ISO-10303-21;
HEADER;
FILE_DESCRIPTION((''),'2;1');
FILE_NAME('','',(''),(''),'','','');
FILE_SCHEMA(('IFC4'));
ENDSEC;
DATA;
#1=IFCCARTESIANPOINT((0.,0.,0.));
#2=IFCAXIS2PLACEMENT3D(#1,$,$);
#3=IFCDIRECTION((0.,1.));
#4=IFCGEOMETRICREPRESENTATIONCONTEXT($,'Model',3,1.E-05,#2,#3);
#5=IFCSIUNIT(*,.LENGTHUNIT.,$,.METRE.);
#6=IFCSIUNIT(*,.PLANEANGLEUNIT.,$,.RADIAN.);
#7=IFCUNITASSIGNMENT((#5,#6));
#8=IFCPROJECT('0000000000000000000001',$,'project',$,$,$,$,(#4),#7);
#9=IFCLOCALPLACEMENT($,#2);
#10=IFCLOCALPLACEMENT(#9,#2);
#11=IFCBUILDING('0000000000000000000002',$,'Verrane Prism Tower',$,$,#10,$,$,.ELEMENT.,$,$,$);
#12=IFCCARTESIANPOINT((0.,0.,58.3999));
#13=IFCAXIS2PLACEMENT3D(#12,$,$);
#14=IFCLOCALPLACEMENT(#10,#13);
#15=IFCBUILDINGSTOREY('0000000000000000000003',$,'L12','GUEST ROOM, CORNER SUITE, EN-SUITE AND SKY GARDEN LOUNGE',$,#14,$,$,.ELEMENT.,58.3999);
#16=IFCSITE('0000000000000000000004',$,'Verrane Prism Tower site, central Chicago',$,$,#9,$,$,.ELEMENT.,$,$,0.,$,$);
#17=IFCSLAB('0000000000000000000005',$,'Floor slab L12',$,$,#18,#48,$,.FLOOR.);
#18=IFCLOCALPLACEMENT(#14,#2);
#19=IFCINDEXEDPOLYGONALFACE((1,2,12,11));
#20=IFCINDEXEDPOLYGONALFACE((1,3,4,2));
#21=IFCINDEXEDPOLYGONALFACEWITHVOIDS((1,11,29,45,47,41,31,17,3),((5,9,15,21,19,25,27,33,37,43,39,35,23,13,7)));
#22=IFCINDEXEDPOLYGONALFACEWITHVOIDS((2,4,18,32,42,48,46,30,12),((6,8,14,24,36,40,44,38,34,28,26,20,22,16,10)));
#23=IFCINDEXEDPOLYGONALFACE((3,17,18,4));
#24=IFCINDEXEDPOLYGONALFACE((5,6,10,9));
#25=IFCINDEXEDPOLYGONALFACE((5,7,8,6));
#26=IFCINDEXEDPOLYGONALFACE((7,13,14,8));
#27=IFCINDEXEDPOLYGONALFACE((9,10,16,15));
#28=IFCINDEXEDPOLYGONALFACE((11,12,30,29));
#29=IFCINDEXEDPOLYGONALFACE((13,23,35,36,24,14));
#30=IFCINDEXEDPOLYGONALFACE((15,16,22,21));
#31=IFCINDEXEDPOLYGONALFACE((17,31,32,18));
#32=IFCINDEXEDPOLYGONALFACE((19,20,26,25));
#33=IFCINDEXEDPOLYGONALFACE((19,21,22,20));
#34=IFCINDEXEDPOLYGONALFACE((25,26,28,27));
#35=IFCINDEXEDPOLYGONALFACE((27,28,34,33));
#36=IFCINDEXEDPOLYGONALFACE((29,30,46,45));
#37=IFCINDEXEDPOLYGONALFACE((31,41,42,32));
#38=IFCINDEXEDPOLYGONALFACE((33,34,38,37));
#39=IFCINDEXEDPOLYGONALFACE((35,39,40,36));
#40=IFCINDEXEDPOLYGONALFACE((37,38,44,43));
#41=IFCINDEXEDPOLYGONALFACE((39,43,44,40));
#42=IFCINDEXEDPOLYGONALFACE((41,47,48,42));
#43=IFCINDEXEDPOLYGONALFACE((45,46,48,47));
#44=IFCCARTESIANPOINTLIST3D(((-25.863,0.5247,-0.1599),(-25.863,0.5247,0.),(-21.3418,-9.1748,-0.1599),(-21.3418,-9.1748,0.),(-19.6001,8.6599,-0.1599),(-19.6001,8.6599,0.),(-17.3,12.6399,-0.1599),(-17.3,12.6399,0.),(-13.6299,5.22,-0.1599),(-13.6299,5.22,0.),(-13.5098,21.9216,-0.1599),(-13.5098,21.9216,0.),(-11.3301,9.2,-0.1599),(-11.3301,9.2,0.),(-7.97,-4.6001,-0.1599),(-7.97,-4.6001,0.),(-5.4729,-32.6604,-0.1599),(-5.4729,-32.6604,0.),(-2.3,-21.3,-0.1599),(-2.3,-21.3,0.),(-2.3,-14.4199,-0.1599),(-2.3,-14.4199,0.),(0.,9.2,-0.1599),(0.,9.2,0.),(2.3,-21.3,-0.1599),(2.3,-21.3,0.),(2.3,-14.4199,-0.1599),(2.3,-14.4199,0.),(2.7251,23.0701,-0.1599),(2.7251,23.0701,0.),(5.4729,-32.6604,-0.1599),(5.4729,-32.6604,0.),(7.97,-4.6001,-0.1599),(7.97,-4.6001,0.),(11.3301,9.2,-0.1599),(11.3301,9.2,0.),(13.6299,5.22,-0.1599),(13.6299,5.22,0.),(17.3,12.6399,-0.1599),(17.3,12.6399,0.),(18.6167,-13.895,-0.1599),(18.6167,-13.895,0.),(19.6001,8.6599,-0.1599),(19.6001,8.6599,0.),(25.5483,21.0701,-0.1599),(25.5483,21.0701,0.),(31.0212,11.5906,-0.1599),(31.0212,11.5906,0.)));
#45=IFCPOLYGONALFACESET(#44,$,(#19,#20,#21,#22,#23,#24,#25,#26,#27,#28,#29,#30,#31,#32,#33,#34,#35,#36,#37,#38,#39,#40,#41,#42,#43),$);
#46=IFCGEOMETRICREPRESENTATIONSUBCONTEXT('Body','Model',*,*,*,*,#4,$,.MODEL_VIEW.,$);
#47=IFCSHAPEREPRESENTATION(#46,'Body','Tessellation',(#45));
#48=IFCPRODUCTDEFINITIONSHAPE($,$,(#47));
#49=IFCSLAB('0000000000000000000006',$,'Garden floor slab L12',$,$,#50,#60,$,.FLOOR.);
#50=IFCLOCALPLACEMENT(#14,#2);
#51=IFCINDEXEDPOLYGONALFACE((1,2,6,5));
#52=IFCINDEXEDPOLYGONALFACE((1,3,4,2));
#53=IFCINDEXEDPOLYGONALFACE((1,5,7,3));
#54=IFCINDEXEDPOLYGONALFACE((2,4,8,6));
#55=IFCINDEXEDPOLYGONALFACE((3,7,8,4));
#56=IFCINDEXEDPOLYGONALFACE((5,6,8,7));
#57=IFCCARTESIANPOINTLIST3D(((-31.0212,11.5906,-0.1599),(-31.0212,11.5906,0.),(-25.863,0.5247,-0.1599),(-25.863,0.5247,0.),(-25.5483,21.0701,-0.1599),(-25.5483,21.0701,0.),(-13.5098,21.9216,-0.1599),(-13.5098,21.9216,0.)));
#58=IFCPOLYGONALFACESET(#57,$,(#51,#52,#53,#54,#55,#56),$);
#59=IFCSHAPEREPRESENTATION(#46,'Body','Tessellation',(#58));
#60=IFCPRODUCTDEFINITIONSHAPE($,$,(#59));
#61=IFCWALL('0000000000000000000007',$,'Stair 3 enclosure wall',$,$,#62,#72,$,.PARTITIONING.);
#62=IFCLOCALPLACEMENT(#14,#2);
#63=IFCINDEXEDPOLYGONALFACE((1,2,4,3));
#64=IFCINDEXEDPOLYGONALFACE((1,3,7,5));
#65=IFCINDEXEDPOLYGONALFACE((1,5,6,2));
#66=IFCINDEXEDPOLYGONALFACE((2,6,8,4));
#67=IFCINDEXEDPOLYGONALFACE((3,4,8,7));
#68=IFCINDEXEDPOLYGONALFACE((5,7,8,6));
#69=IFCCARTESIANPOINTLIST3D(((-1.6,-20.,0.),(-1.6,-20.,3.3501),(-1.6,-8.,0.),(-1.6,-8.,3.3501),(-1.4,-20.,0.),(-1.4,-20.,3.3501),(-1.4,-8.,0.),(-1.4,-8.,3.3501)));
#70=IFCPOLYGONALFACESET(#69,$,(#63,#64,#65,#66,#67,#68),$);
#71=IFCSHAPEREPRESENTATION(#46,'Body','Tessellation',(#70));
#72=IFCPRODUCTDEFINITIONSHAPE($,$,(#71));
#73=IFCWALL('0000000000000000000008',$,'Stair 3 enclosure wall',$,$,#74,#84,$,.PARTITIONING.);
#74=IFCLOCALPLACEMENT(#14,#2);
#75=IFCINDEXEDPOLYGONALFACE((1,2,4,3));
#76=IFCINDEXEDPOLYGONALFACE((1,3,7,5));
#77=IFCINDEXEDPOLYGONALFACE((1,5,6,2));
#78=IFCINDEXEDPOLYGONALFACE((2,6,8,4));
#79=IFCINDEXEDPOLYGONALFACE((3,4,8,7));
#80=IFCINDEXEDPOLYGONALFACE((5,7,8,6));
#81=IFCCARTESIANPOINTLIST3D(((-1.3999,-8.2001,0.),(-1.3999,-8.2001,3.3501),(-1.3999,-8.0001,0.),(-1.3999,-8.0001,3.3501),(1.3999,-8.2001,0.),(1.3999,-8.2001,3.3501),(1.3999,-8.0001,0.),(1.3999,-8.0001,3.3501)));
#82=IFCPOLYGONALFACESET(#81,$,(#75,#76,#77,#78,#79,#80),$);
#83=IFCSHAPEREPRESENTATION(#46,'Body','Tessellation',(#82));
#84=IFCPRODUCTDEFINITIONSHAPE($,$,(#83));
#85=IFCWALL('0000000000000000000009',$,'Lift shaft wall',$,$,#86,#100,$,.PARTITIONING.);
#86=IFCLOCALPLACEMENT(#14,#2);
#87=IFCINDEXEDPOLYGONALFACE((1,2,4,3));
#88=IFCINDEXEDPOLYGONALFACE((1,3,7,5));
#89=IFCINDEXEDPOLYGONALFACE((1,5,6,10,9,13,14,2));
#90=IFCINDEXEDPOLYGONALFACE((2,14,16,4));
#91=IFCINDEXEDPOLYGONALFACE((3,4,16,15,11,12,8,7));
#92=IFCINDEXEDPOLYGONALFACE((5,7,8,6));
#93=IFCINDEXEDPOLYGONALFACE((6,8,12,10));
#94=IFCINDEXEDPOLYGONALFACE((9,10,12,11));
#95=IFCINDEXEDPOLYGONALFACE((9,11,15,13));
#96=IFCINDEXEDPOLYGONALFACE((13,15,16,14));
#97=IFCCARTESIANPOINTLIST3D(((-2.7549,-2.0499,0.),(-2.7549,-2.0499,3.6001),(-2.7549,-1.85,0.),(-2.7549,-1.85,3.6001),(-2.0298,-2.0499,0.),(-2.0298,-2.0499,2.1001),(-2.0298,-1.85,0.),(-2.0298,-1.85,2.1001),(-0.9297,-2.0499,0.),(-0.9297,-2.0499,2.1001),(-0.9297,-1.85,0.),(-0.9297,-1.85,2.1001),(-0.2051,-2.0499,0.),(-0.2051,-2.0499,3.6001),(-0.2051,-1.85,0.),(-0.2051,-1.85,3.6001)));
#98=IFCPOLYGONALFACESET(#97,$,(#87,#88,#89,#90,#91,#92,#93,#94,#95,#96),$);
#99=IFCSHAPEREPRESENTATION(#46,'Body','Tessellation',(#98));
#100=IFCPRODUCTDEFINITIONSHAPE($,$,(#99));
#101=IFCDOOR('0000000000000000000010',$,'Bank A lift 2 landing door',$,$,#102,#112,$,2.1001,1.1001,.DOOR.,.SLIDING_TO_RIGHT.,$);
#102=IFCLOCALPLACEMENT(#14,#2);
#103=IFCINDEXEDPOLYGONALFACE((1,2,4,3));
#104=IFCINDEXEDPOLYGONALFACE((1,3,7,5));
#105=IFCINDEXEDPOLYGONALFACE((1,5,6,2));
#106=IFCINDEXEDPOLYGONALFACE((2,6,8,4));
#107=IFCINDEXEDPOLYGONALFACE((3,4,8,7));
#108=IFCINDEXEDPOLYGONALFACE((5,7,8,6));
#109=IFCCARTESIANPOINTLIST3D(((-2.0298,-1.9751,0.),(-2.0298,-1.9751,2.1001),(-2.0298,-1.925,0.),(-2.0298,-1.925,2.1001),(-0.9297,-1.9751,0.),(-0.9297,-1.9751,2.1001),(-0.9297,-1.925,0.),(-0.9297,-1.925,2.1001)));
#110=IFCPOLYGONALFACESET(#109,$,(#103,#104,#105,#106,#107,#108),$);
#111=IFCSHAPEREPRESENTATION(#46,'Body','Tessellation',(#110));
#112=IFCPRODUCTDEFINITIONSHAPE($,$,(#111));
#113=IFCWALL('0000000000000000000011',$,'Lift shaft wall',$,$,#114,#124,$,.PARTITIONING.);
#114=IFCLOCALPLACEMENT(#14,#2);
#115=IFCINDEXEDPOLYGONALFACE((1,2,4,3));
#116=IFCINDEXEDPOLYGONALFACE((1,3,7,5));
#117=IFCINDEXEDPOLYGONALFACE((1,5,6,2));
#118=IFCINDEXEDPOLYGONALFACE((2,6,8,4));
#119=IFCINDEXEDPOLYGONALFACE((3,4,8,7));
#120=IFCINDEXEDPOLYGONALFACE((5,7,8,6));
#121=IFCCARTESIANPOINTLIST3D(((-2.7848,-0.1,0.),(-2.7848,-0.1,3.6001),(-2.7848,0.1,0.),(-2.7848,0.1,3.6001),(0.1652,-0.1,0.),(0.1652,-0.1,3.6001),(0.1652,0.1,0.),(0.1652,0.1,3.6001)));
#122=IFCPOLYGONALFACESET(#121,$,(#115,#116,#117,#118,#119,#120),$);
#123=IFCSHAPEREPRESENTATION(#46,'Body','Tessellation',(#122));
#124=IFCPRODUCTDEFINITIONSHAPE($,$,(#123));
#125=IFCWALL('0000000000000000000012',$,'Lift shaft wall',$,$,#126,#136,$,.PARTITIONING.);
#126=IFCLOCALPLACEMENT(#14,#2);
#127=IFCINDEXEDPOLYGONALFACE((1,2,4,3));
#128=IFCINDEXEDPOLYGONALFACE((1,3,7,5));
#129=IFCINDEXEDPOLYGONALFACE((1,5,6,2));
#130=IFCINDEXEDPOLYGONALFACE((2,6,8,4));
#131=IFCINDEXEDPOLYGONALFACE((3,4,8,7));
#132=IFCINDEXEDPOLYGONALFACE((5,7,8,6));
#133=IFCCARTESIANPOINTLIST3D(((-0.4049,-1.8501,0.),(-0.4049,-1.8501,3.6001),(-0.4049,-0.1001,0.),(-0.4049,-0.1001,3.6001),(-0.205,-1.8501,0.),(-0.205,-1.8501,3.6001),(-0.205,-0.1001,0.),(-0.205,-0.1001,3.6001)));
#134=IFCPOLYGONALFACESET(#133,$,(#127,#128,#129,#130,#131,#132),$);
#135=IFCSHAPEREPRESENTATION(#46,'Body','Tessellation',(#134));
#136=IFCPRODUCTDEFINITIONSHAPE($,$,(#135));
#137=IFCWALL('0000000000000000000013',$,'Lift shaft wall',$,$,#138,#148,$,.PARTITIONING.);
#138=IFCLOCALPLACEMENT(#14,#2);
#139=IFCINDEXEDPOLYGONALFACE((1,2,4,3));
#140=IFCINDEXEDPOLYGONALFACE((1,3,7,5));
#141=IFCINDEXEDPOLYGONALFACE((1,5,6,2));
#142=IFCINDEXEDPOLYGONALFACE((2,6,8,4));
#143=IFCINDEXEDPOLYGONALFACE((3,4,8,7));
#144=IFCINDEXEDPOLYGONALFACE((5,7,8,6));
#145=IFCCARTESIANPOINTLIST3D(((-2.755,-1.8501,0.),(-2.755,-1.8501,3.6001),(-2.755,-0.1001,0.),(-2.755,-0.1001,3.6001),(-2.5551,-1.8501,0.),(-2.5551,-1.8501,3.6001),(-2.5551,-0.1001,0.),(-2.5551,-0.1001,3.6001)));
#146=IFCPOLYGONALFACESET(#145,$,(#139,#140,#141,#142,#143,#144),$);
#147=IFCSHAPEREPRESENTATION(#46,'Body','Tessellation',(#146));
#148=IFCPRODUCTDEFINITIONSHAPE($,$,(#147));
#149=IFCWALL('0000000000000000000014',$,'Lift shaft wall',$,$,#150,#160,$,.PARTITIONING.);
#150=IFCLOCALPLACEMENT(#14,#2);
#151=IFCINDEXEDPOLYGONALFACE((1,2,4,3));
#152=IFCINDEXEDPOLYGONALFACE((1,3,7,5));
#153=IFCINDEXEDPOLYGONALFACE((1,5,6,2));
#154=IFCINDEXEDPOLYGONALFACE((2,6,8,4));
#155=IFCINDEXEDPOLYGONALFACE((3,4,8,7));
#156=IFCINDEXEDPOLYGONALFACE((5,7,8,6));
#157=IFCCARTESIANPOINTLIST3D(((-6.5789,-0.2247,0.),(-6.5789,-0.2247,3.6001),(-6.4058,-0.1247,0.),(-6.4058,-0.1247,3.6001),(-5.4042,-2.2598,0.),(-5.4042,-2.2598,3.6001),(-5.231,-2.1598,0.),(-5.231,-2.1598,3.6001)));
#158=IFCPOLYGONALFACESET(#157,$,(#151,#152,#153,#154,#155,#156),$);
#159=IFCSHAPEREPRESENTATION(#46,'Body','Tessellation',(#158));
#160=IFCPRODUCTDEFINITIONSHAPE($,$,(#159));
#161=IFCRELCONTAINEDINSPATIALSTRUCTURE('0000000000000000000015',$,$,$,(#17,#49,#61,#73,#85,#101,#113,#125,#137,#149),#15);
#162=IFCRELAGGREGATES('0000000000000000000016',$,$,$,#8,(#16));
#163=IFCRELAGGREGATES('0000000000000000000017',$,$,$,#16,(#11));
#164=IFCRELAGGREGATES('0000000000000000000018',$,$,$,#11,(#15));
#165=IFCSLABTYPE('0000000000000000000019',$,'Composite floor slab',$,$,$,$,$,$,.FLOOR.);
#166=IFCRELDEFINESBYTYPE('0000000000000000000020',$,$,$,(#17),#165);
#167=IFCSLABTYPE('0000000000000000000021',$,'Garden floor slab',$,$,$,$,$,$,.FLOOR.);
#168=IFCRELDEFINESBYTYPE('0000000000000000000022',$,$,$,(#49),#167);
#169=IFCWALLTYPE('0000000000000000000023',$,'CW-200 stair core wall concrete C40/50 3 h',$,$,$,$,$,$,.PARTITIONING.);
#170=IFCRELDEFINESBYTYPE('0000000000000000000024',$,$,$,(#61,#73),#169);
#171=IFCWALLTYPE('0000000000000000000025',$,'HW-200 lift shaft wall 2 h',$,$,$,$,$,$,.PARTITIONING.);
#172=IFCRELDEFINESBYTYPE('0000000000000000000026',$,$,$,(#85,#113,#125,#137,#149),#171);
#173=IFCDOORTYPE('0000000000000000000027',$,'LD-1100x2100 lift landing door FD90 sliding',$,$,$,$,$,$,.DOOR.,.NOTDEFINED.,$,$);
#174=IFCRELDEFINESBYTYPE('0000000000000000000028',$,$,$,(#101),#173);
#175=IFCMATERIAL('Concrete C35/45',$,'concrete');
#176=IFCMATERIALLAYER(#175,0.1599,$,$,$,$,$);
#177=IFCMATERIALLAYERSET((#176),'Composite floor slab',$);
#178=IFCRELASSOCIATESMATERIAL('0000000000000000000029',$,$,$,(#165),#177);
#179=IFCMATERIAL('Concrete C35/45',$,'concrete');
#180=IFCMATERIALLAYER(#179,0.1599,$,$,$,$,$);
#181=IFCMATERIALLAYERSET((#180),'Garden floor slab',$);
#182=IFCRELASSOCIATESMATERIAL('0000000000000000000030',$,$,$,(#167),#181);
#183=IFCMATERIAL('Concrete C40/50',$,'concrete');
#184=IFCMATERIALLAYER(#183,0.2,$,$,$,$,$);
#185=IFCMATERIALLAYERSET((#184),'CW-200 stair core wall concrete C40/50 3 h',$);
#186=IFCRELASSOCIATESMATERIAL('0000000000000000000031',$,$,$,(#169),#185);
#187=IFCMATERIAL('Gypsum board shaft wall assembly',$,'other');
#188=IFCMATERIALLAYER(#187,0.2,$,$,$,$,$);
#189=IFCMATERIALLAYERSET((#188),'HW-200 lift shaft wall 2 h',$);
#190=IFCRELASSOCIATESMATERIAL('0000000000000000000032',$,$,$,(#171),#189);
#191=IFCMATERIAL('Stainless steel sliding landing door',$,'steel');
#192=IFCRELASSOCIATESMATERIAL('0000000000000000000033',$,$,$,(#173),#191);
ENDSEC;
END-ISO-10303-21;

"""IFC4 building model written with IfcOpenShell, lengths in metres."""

from ifc_helpers import new_model, si_unit, direction, frame, frame_2d, origin, place, context, subcontext, project, spatial, polyline, rectangle, outline, extrude, material, layer, layer_set, type_object, element, fill, save


model = new_model("IFC4")

# Units and contexts
model_context = context("Model", 3, precision=1e-05, world=origin(), true_north=direction((0.0, 1.0)))
body_context = subcontext(model_context, "Body", "Model", "MODEL_VIEW")
ifc_project = project(units=[si_unit("LENGTHUNIT", "METRE"), si_unit("PLANEANGLEUNIT", "RADIAN")], contexts=[model_context])

# Site, building, storey
site_placement = place(None, origin())
site = spatial("IfcSite", under=ifc_project, at=site_placement, Name="Verrane Prism Tower site, central Chicago", CompositionType="ELEMENT", RefElevation=0.0)
building_placement = place(site_placement, origin())
building = spatial("IfcBuilding", under=site, at=building_placement, Name="Verrane Prism Tower", CompositionType="ELEMENT")
storey_placement = place(building_placement, frame((0.0, 0.0, 58.3999)))
storey = spatial("IfcBuildingStorey", under=building, at=storey_placement, Name="L12", Description="GUEST ROOM, CORNER SUITE, EN-SUITE AND SKY GARDEN LOUNGE", CompositionType="ELEMENT", Elevation=58.3999)

# Slabs
ifc_material_1 = material(Name="Concrete C35/45", Category="concrete")
ifc_layer_1 = layer(ifc_material_1, 0.1599)
ifc_layer_set_1 = layer_set([ifc_layer_1], Name="Composite floor slab")
slab_type_1 = type_object("IfcSlabType", Name="Composite floor slab", PredefinedType="FLOOR", material=ifc_layer_set_1)
slab_1_placement = place(storey_placement, frame((0.0, 0.0, -0.1599)))
element("IfcSlab", 1, at=slab_1_placement, inside=storey, type_object=slab_type_1, Name="Floor slab L12", PredefinedType="FLOOR", context=body_context, shape_type="SweptSolid", body=[
    extrude(outline(polyline([(2.7251, 23.0701), (25.5483, 21.0701), (31.0212, 11.5906), (18.6167, -13.895), (5.4729, -32.6604), (-5.4729, -32.6604), (-21.3418, -9.1748), (-25.863, 0.5247), (-13.5098, 21.9216), (2.7251, 23.0701)]), holes=[polyline([(19.6001, 8.6599), (17.3, 12.6399), (11.3301, 9.2), (0.0, 9.2), (-11.3301, 9.2), (-17.3, 12.6399), (-19.6001, 8.6599), (-13.6299, 5.22), (-7.97, -4.6001), (-2.3, -14.4199), (-2.3, -21.3), (2.3, -21.3), (2.3, -14.4199), (7.97, -4.6001), (13.6299, 5.22), (19.6001, 8.6599)])]), origin(), (0.0, 0.0, 1.0), 0.1599),
])
ifc_material_2 = material(Name="Concrete C35/45", Category="concrete")
ifc_layer_2 = layer(ifc_material_2, 0.1599)
ifc_layer_set_2 = layer_set([ifc_layer_2], Name="Garden floor slab")
slab_type_2 = type_object("IfcSlabType", Name="Garden floor slab", PredefinedType="FLOOR", material=ifc_layer_set_2)
slab_2_placement = place(storey_placement, frame((0.0, 0.0, -0.1599)))
element("IfcSlab", 2, at=slab_2_placement, inside=storey, type_object=slab_type_2, Name="Garden floor slab L12", PredefinedType="FLOOR", context=body_context, shape_type="SweptSolid", body=[
    extrude(outline(polyline([(-25.863, 0.5247), (-13.5098, 21.9216), (-25.5483, 21.0701), (-31.0212, 11.5906), (-25.863, 0.5247)])), origin(), (0.0, 0.0, 1.0), 0.1599),
])

# Walls
ifc_material_3 = material(Name="Concrete C40/50", Category="concrete")
ifc_layer_3 = layer(ifc_material_3, 0.2)
ifc_layer_set_3 = layer_set([ifc_layer_3], Name="CW-200 stair core wall concrete C40/50 3 h")
wall_type_1 = type_object("IfcWallType", Name="CW-200 stair core wall concrete C40/50 3 h", PredefinedType="PARTITIONING", material=ifc_layer_set_3)
wall_1_placement = place(storey_placement, frame((-1.5, -8.0, 0.0), z_axis=(0.0, 0.0, 1.0), x_axis=(0.0, -1.0, 0.0)))
element("IfcWall", 3, at=wall_1_placement, inside=storey, type_object=wall_type_1, Name="Stair 3 enclosure wall", PredefinedType="PARTITIONING", context=body_context, shape_type="SweptSolid", body=[
    extrude(rectangle(XDim=12.0, YDim=0.2, at=frame_2d((6.0, 0.0))), origin(), (0.0, 0.0, 1.0), 3.3501),
])
wall_2_placement = place(storey_placement, frame((-1.3999, -8.1001, 0.0), z_axis=(0.0, 0.0, 1.0), x_axis=(1.0, 0.0, 0.0)))
element("IfcWall", 4, at=wall_2_placement, inside=storey, type_object=wall_type_1, Name="Stair 3 enclosure wall", PredefinedType="PARTITIONING", context=body_context, shape_type="SweptSolid", body=[
    extrude(rectangle(XDim=2.7998, YDim=0.2, at=frame_2d((1.3999, 0.0))), origin(), (0.0, 0.0, 1.0), 3.3501),
])

# Wall, opening, door
ifc_material_4 = material(Name="Gypsum board shaft wall assembly", Category="other")
ifc_layer_4 = layer(ifc_material_4, 0.2)
ifc_layer_set_4 = layer_set([ifc_layer_4], Name="HW-200 lift shaft wall 2 h")
wall_type_2 = type_object("IfcWallType", Name="HW-200 lift shaft wall 2 h", PredefinedType="PARTITIONING", material=ifc_layer_set_4)
wall_3_placement = place(storey_placement, frame((-2.7549, -1.95, 0.0), z_axis=(0.0, 0.0, 1.0), x_axis=(1.0, 0.0, 0.0)))
wall_3 = element("IfcWall", 5, at=wall_3_placement, inside=storey, type_object=wall_type_2, Name="Lift shaft wall", PredefinedType="PARTITIONING", context=body_context, shape_type="SweptSolid", body=[
    extrude(rectangle(XDim=2.5498, YDim=0.2, at=frame_2d((1.2749, 0.0))), origin(), (0.0, 0.0, 1.0), 3.6001),
])
opening_1_placement = place(wall_3_placement, frame((0.7251, 0.0, 0.0)))
opening_1 = element("IfcOpeningElement", 6, at=opening_1_placement, cuts=wall_3, PredefinedType="OPENING", context=body_context, shape_type="SweptSolid", body=[
    extrude(rectangle(XDim=1.1001, YDim=2.1001, at=frame_2d((0.55, 1.05))), frame((0.0, 0.1099, 0.0), z_axis=(0.0, -1.0, 0.0), x_axis=(1.0, 0.0, 0.0)), (0.0, 0.0, 1.0), 0.22),
])
ifc_material_5 = material(Name="Stainless steel sliding landing door", Category="steel")
door_type_1 = type_object("IfcDoorType", Name="LD-1100x2100 lift landing door FD90 sliding", OperationType="NOTDEFINED", PredefinedType="DOOR", material=ifc_material_5)
door_1_placement = place(opening_1_placement, origin())
door_1 = element("IfcDoor", 7, at=door_1_placement, inside=storey, type_object=door_type_1, Name="Bank A lift 2 landing door", OperationType="SLIDING_TO_RIGHT", OverallHeight=2.1001, OverallWidth=1.1001, PredefinedType="DOOR", context=body_context, shape_type="SweptSolid", body=[
    extrude(rectangle(XDim=1.1001, YDim=2.1001, at=frame_2d((0.55, 1.05))), frame((0.0, 0.0249, 0.0), z_axis=(0.0, -1.0, 0.0), x_axis=(1.0, 0.0, 0.0)), (0.0, 0.0, 1.0), 0.05),
])
fill(opening_1, door_1)

# Walls
wall_4_placement = place(storey_placement, frame((-2.7849, 0.0, 0.0), z_axis=(0.0, 0.0, 1.0), x_axis=(1.0, 0.0, 0.0)))
element("IfcWall", 8, at=wall_4_placement, inside=storey, type_object=wall_type_2, Name="Lift shaft wall", PredefinedType="PARTITIONING", context=body_context, shape_type="SweptSolid", body=[
    extrude(rectangle(XDim=2.95, YDim=0.2, at=frame_2d((1.4751, 0.0))), origin(), (0.0, 0.0, 1.0), 3.6001),
])
for number, where, z_axis, x_axis, name in (
    (9, (-0.3049, -1.8501, 0.0), (0.0, 0.0, 1.0), (0.0, 1.0, 0.0), "Lift shaft wall"),
    (10, (-2.655, -1.8501, 0.0), (0.0, 0.0, 1.0), (0.0, 1.0, 0.0), "Lift shaft wall"),
):
    element("IfcWall", number, at=place(storey_placement, frame(where, z_axis=z_axis, x_axis=x_axis)), inside=storey, type_object=wall_type_2, Name=name, PredefinedType="PARTITIONING", context=body_context, shape_type="SweptSolid", body=[
        extrude(rectangle(XDim=1.75, YDim=0.2, at=frame_2d((0.875, 0.0))), origin(), (0.0, 0.0, 1.0), 3.6001),
    ])
wall_5_placement = place(storey_placement, frame((-5.3176, -2.2097, 0.0), z_axis=(0.0, 0.0, 1.0), x_axis=(-0.499938, 0.866061, 0.0)))
element("IfcWall", 11, at=wall_5_placement, inside=storey, type_object=wall_type_2, Name="Lift shaft wall", PredefinedType="PARTITIONING", context=body_context, shape_type="SweptSolid", body=[
    extrude(rectangle(XDim=2.3499, YDim=0.2, at=frame_2d((1.1748, 0.0))), origin(), (0.0, 0.0, 1.0), 3.6001),
])

save(model, "model.ifc")
